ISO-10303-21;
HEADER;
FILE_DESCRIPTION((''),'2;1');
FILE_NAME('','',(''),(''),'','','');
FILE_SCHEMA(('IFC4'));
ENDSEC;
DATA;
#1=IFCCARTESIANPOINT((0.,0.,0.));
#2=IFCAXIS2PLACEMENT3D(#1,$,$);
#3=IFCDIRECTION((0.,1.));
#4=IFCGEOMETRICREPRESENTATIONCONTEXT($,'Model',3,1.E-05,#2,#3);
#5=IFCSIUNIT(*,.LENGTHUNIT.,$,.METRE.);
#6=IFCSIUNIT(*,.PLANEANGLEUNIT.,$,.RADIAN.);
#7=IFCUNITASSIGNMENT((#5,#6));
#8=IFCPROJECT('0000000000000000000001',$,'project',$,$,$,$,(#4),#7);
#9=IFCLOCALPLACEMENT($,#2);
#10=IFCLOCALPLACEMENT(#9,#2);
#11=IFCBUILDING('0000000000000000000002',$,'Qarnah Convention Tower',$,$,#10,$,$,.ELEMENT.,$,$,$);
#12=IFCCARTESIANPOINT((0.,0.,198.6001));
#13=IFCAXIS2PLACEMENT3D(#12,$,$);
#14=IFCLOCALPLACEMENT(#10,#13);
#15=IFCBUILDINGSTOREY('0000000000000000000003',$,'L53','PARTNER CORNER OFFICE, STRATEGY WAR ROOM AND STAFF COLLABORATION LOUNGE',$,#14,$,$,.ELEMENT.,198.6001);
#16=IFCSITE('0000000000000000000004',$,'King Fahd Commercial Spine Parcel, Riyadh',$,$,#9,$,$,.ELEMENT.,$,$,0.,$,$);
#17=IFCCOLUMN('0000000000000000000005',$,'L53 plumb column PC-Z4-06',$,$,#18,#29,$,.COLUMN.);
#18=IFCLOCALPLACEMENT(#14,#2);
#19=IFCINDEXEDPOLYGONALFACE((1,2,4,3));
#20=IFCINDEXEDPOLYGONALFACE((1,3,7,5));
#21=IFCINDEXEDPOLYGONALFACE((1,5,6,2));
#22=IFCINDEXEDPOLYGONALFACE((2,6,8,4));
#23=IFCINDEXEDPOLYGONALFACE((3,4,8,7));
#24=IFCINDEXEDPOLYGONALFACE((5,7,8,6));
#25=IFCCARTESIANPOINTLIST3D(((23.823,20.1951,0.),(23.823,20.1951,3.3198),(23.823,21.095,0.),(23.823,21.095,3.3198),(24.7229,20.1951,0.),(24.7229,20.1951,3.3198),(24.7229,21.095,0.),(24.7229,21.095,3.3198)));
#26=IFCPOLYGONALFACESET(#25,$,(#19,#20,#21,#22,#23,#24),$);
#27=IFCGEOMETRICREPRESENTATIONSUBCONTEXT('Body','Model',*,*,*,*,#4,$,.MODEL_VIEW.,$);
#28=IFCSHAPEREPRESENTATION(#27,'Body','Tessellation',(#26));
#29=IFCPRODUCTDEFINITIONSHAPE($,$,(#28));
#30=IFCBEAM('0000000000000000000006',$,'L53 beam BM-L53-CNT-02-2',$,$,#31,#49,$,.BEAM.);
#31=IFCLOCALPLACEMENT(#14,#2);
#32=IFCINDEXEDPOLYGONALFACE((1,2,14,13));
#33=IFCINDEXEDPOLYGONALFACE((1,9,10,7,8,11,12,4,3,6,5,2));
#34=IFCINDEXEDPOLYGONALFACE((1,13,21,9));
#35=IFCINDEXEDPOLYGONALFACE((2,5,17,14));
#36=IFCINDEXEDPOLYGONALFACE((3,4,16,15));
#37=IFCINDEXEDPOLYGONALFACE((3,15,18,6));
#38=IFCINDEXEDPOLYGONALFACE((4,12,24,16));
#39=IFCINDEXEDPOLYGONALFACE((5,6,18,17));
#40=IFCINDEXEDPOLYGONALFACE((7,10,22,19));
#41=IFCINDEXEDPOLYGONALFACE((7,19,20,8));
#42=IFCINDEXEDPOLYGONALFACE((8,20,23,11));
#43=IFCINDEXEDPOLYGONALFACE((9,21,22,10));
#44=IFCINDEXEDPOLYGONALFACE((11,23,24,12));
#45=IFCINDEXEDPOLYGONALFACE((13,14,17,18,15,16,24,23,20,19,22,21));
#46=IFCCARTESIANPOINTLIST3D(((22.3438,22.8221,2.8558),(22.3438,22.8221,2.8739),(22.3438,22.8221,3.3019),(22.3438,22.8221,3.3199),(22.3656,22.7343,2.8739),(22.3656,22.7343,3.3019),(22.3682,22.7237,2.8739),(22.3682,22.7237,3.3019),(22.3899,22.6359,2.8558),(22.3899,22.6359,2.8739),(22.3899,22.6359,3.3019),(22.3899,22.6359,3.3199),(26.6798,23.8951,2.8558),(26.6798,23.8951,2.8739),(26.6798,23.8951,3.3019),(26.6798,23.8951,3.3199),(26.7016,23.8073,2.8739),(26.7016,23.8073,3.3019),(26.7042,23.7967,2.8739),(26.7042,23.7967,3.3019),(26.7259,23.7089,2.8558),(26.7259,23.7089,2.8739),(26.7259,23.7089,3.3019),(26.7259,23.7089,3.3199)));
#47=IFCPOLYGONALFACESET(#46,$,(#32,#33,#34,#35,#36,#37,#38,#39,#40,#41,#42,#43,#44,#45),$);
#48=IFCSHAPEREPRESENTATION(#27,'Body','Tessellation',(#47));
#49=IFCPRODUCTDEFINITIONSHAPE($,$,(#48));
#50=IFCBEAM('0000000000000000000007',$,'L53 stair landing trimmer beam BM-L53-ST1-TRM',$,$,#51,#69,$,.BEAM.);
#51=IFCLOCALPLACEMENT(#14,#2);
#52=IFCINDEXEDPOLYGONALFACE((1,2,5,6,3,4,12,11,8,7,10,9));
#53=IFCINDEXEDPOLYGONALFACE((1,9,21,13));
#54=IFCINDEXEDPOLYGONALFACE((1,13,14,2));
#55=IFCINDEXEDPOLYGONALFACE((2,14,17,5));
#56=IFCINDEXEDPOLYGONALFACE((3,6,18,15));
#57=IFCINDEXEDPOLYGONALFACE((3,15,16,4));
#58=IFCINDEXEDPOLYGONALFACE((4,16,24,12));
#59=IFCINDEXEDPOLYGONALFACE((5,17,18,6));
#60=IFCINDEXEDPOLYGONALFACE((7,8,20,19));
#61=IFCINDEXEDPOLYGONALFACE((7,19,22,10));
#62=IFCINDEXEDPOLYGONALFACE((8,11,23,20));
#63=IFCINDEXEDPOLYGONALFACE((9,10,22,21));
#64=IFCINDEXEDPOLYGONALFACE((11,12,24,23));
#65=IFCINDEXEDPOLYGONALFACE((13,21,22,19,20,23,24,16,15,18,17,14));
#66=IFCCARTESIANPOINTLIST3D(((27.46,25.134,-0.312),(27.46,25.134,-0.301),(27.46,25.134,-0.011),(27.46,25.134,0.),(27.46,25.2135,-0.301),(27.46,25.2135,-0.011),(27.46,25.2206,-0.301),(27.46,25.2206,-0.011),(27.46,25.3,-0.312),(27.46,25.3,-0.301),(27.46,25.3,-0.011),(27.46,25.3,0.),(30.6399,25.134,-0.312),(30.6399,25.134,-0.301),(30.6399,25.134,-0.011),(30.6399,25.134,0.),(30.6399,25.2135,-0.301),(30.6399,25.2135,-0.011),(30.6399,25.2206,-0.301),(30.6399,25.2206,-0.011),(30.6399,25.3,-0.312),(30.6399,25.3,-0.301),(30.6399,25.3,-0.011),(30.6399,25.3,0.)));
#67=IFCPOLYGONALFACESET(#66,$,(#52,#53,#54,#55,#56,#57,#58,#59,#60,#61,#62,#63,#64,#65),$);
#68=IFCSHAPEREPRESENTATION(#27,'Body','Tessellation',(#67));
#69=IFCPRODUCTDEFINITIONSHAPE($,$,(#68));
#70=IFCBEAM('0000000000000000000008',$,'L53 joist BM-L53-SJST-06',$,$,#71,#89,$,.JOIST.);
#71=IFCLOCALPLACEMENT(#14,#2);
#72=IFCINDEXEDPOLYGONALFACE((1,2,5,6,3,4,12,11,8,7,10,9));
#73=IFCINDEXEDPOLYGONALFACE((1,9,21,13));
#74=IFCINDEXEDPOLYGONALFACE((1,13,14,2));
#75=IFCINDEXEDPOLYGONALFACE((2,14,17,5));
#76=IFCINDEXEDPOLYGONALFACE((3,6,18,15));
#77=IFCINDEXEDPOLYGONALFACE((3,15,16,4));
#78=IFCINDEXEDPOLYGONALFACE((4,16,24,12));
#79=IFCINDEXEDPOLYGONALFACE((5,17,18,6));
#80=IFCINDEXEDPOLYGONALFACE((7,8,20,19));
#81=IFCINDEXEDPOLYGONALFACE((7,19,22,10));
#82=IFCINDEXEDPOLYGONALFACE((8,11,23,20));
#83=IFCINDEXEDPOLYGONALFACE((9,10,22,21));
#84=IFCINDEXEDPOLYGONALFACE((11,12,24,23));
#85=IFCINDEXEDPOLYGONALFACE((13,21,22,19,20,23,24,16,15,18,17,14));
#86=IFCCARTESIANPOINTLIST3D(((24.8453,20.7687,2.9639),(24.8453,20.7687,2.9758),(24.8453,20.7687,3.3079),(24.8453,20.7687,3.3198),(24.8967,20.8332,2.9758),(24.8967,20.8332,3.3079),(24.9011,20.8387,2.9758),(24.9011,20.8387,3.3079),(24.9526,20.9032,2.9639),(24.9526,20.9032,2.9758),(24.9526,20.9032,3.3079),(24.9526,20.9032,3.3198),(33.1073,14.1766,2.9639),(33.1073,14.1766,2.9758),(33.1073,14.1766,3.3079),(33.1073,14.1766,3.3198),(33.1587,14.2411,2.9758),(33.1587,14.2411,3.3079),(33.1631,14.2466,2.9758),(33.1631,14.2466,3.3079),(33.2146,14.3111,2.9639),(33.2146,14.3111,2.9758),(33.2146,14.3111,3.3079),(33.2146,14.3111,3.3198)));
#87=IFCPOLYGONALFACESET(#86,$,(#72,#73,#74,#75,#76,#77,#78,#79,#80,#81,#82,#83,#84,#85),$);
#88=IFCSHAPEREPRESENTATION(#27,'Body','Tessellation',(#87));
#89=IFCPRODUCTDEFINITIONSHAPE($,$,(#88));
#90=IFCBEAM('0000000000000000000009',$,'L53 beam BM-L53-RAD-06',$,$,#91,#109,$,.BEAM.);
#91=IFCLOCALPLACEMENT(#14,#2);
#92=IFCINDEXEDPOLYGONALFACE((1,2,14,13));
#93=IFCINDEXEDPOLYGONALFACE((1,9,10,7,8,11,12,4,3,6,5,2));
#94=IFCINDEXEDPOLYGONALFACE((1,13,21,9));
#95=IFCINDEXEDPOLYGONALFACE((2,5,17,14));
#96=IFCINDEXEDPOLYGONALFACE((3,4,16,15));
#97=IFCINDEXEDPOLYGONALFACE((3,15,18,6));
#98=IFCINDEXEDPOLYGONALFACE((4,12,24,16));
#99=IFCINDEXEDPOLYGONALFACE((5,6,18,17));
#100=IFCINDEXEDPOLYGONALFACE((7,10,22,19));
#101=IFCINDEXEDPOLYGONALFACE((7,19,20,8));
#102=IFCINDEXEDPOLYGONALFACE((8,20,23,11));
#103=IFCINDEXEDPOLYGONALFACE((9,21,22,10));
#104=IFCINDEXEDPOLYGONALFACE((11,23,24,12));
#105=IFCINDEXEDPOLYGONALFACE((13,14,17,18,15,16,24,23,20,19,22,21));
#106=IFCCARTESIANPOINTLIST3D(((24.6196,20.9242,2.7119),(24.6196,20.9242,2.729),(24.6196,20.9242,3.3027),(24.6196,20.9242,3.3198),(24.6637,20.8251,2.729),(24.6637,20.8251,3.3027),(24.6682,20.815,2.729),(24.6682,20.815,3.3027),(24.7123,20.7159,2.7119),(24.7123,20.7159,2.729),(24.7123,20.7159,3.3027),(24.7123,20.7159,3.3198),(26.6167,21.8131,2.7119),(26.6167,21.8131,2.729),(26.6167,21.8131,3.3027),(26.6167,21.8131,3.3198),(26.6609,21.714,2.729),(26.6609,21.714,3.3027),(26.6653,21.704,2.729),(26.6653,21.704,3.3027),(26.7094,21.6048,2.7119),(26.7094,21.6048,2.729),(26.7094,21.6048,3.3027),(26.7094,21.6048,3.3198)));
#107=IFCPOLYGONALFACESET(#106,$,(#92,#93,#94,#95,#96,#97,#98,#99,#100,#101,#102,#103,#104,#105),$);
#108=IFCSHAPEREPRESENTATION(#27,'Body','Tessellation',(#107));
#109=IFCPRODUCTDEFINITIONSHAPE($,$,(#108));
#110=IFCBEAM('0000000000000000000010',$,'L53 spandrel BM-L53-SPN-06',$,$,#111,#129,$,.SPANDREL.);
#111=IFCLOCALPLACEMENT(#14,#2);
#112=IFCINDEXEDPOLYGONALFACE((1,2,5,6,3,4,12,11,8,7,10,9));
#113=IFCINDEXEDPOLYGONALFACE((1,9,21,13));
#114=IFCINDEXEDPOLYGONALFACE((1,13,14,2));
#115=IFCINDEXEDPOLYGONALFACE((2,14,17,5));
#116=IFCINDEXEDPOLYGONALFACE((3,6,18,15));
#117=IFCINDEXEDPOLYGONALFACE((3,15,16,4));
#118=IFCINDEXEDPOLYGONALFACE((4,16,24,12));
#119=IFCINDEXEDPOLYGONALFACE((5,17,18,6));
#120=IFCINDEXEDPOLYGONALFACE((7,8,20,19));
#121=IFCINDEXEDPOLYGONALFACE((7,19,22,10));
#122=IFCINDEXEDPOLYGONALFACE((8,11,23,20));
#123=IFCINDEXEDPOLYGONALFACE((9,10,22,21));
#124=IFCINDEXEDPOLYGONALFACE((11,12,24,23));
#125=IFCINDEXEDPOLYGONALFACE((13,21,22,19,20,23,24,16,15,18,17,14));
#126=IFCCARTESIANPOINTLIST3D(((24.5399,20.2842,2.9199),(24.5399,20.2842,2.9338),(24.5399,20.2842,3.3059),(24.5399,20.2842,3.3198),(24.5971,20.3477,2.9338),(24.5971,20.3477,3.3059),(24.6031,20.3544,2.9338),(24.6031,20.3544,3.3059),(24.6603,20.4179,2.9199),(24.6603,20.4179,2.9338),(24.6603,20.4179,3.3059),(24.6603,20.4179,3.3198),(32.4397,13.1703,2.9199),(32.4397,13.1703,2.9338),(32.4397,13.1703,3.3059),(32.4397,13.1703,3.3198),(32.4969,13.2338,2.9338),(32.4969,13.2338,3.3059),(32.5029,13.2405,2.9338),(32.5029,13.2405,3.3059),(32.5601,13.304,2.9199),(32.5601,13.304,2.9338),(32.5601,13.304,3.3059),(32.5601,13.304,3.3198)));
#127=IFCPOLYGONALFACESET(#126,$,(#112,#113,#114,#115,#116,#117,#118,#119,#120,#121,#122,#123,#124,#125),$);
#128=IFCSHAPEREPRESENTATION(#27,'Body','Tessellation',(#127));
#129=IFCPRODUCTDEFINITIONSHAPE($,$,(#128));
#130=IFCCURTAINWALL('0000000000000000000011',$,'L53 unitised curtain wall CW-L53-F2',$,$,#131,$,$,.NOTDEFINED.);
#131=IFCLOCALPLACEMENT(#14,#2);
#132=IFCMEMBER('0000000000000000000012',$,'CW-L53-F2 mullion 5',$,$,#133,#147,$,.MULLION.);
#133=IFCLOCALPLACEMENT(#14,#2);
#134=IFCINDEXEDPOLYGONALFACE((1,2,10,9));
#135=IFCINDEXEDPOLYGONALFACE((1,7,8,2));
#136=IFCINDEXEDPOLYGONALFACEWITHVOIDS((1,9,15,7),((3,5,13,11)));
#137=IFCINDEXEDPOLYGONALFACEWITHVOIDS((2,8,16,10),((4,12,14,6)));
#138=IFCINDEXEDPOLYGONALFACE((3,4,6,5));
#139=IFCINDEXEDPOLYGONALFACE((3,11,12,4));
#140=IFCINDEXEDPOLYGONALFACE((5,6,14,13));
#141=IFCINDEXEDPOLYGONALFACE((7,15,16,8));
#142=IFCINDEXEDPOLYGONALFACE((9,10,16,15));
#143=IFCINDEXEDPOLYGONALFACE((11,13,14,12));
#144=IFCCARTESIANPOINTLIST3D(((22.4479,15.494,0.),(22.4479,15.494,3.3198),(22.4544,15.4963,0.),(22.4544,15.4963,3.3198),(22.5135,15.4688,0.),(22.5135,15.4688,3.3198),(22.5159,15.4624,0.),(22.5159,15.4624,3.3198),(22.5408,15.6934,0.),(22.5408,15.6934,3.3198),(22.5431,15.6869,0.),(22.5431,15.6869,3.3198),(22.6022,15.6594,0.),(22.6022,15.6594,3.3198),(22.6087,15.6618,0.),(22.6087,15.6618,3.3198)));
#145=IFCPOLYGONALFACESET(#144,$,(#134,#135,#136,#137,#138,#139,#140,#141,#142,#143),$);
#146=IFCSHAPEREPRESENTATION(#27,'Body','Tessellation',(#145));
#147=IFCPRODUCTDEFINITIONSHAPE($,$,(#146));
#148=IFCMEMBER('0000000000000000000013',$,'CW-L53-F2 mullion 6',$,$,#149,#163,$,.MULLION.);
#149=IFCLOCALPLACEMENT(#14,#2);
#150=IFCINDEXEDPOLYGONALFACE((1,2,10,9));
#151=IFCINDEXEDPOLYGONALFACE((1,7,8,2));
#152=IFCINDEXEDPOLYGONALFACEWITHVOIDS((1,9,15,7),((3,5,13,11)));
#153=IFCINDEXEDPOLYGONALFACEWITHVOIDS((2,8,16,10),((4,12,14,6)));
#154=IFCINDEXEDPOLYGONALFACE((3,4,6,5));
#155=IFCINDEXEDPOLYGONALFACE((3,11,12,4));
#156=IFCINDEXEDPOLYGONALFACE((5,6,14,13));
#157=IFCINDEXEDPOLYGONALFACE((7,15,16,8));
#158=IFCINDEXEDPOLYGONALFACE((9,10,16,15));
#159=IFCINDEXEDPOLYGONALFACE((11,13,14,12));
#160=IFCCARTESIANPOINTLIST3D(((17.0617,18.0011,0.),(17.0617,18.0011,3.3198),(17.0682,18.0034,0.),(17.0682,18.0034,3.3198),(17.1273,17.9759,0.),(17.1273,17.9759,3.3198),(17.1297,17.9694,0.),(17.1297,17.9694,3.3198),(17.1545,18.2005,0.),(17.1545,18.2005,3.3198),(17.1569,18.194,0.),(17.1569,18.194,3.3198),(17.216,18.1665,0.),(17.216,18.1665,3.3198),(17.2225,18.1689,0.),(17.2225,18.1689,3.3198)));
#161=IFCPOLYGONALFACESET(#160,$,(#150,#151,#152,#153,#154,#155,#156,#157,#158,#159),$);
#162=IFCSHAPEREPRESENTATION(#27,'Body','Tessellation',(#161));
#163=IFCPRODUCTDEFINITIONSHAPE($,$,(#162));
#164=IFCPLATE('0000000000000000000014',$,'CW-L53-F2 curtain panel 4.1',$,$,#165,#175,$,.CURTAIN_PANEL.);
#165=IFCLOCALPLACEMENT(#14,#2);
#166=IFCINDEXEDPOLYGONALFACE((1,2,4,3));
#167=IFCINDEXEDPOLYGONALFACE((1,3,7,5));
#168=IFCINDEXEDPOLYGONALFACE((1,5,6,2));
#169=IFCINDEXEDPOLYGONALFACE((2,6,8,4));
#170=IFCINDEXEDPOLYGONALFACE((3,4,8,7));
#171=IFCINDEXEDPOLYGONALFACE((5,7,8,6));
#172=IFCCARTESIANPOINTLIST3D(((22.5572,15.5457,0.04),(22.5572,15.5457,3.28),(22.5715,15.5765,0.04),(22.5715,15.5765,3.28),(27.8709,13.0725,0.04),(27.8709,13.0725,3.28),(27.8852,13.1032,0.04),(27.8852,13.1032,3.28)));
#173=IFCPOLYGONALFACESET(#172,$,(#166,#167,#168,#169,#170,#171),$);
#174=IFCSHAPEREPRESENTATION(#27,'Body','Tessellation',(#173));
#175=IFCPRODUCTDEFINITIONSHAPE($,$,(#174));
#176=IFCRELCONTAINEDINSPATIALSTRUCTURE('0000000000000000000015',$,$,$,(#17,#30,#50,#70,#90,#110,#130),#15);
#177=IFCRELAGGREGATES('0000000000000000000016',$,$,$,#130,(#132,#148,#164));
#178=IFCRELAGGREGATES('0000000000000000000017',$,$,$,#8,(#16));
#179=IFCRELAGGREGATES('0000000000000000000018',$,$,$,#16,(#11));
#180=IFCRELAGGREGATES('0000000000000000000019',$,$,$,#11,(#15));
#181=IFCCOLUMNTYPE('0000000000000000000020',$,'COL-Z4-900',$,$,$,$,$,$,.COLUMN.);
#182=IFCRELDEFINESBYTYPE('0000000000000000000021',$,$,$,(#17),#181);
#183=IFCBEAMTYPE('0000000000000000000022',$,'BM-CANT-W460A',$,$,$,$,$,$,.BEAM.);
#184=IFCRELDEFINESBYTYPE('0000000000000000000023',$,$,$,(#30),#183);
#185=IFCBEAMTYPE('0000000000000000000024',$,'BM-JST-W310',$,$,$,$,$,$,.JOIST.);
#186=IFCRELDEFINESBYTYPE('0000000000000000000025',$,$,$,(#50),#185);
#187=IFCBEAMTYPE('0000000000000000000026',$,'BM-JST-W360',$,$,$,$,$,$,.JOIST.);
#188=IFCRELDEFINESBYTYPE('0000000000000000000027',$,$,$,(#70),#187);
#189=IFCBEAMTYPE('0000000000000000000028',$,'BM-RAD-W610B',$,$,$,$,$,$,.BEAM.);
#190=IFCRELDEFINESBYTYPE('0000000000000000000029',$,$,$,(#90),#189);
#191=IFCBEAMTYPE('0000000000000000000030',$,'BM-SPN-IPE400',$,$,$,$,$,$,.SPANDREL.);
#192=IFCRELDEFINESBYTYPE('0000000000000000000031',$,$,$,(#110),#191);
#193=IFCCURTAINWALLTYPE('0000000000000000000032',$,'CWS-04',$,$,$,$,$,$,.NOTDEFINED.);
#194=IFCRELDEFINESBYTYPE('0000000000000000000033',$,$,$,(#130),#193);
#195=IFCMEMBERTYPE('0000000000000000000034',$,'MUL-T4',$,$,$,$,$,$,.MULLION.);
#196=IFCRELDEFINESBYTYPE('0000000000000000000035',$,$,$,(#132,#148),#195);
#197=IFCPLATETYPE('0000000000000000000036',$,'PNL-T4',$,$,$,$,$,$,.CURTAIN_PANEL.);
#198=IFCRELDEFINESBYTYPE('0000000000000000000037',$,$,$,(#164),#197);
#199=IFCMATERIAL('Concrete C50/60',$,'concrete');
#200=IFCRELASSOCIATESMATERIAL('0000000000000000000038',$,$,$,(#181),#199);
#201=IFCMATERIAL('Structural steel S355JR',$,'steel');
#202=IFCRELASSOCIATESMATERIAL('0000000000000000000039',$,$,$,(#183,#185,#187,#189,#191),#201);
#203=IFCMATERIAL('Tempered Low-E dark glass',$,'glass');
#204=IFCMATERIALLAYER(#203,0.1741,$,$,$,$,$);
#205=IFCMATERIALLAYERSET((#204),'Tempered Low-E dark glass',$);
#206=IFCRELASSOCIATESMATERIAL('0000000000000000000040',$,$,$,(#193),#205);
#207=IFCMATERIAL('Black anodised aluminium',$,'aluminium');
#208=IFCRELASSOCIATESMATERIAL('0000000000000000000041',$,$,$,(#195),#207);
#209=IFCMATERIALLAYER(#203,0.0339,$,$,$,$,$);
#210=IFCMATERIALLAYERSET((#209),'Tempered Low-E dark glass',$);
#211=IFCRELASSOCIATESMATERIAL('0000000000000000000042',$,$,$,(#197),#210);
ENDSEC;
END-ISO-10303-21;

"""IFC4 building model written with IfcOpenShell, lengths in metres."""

from ifc_helpers import new_model, si_unit, direction, frame, origin, origin_2d, place, context, subcontext, project, spatial, rectangle, hollow_rectangle, i_section, extrude, material, layer, layer_set, material_profile, profile_set, type_object, element, aggregate, save


model = new_model("IFC4")

# Units and contexts
model_context = context("Model", 3, precision=1e-05, world=origin(), true_north=direction((0.0, 1.0)))
body_context = subcontext(model_context, "Body", "Model", "MODEL_VIEW")
ifc_project = project(units=[si_unit("LENGTHUNIT", "METRE"), si_unit("PLANEANGLEUNIT", "RADIAN")], contexts=[model_context])

# Site, building, storey
site_placement = place(None, origin())
site = spatial("IfcSite", under=ifc_project, at=site_placement, Name="King Fahd Commercial Spine Parcel, Riyadh", CompositionType="ELEMENT", RefElevation=0.0)
building_placement = place(site_placement, origin())
building = spatial("IfcBuilding", under=site, at=building_placement, Name="Qarnah Convention Tower", CompositionType="ELEMENT")
storey_placement = place(building_placement, frame((0.0, 0.0, 198.6001)))
storey = spatial("IfcBuildingStorey", under=building, at=storey_placement, Name="L53", Description="PARTNER CORNER OFFICE, STRATEGY WAR ROOM AND STAFF COLLABORATION LOUNGE", CompositionType="ELEMENT", Elevation=198.6001)

# Column
ifc_material_1 = material(Name="Concrete C50/60", Category="concrete")
ifc_material_profile_1 = material_profile(ifc_material_1, rectangle(XDim=0.8999, YDim=0.8999, at=origin_2d()), Name="RC-COL-900X900")
ifc_profile_set_1 = profile_set([ifc_material_profile_1], Name="Concrete C50/60")
column_type = type_object("IfcColumnType", Name="COL-Z4-900", PredefinedType="COLUMN", material=ifc_profile_set_1)
column_placement = place(storey_placement, frame((24.2729, 20.645, 0.0), z_axis=(0.0, 0.0, 1.0), x_axis=(1.0, 0.0, 0.0)))
element("IfcColumn", 1, at=column_placement, inside=storey, type_object=column_type, Name="L53 plumb column PC-Z4-06", PredefinedType="COLUMN", context=body_context, shape_type="SweptSolid", body=[
    extrude(rectangle(XDim=0.8999, YDim=0.8999, at=origin_2d()), origin(), (0.0, 0.0, 1.0), 3.3198),
])

# Beams
ifc_material_2 = material(Name="Structural steel S355JR", Category="steel")
ifc_material_profile_2 = material_profile(ifc_material_2, i_section(OverallWidth=0.1919, OverallDepth=0.4641, WebThickness=0.011, FlangeThickness=0.0181, at=origin_2d()), Name="W460X89")
ifc_profile_set_2 = profile_set([ifc_material_profile_2], Name="Structural steel S355JR")
beam_type_1 = type_object("IfcBeamType", Name="BM-CANT-W460A", PredefinedType="BEAM", material=ifc_profile_set_2)
beam_1_placement = place(storey_placement, frame((26.7029, 23.802, 3.0879), z_axis=(-0.970718, -0.24022, 0.0), x_axis=(0.24022, -0.970718, 0.0)))
element("IfcBeam", 2, at=beam_1_placement, inside=storey, type_object=beam_type_1, Name="L53 beam BM-L53-CNT-02-2", PredefinedType="BEAM", context=body_context, shape_type="SweptSolid", body=[
    extrude(i_section(OverallWidth=0.1919, OverallDepth=0.4641, WebThickness=0.011, FlangeThickness=0.0181, at=origin_2d()), origin(), (0.0, 0.0, 1.0), 4.4668),
])
ifc_material_profile_3 = material_profile(ifc_material_2, i_section(OverallWidth=0.166, OverallDepth=0.312, WebThickness=0.0071, FlangeThickness=0.011, at=origin_2d()), Name="W310X45")
ifc_profile_set_3 = profile_set([ifc_material_profile_3], Name="Structural steel S355JR")
beam_type_2 = type_object("IfcBeamType", Name="BM-JST-W310", PredefinedType="JOIST", material=ifc_profile_set_3)
beam_2_placement = place(storey_placement, frame((27.46, 25.217, -0.156), z_axis=(1.0, 0.0, 0.0), x_axis=(0.0, 1.0, 0.0)))
element("IfcBeam", 3, at=beam_2_placement, inside=storey, type_object=beam_type_2, Name="L53 stair landing trimmer beam BM-L53-ST1-TRM", PredefinedType="BEAM", context=body_context, shape_type="SweptSolid", body=[
    extrude(i_section(OverallWidth=0.166, OverallDepth=0.312, WebThickness=0.0071, FlangeThickness=0.011, at=origin_2d()), origin(), (0.0, 0.0, 1.0), 3.1799),
])
ifc_material_profile_4 = material_profile(ifc_material_2, i_section(OverallWidth=0.1721, OverallDepth=0.356, WebThickness=0.0071, FlangeThickness=0.012, at=origin_2d()), Name="W360X51")
ifc_profile_set_4 = profile_set([ifc_material_profile_4], Name="Structural steel S355JR")
beam_type_3 = type_object("IfcBeamType", Name="BM-JST-W360", PredefinedType="JOIST", material=ifc_profile_set_4)
beam_3_placement = place(storey_placement, frame((24.8989, 20.8359, 3.1418), z_axis=(0.781677, -0.623683, 0.0), x_axis=(0.623683, 0.781677, 0.0)))
element("IfcBeam", 4, at=beam_3_placement, inside=storey, type_object=beam_type_3, Name="L53 joist BM-L53-SJST-06", PredefinedType="JOIST", context=body_context, shape_type="SweptSolid", body=[
    extrude(i_section(OverallWidth=0.1721, OverallDepth=0.356, WebThickness=0.0071, FlangeThickness=0.012, at=origin_2d()), origin(), (0.0, 0.0, 1.0), 10.5696),
])
ifc_material_profile_5 = material_profile(ifc_material_2, i_section(OverallWidth=0.228, OverallDepth=0.6079, WebThickness=0.011, FlangeThickness=0.0171, at=origin_2d()), Name="W610X113")
ifc_profile_set_5 = profile_set([ifc_material_profile_5], Name="Structural steel S355JR")
beam_type_4 = type_object("IfcBeamType", Name="BM-RAD-W610B", PredefinedType="BEAM", material=ifc_profile_set_5)
beam_4_placement = place(storey_placement, frame((26.6631, 21.709, 3.0159), z_axis=(-0.913586, -0.406646, 0.0), x_axis=(0.406646, -0.913586, 0.0)))
element("IfcBeam", 5, at=beam_4_placement, inside=storey, type_object=beam_type_4, Name="L53 beam BM-L53-RAD-06", PredefinedType="BEAM", context=body_context, shape_type="SweptSolid", body=[
    extrude(i_section(OverallWidth=0.228, OverallDepth=0.6079, WebThickness=0.011, FlangeThickness=0.0171, at=origin_2d()), origin(), (0.0, 0.0, 1.0), 2.186),
])
ifc_material_profile_6 = material_profile(ifc_material_2, i_section(OverallWidth=0.1799, OverallDepth=0.3999, WebThickness=0.009, FlangeThickness=0.0139, at=origin_2d()), Name="IPE400")
ifc_profile_set_6 = profile_set([ifc_material_profile_6], Name="Structural steel S355JR")
beam_type_5 = type_object("IfcBeamType", Name="BM-SPN-IPE400", PredefinedType="SPANDREL", material=ifc_profile_set_6)
beam_5_placement = place(storey_placement, frame((24.6001, 20.3511, 3.1199), z_axis=(0.743102, -0.669178, 0.0), x_axis=(0.669178, 0.743102, 0.0)))
element("IfcBeam", 6, at=beam_5_placement, inside=storey, type_object=beam_type_5, Name="L53 spandrel BM-L53-SPN-06", PredefinedType="SPANDREL", context=body_context, shape_type="SweptSolid", body=[
    extrude(i_section(OverallWidth=0.1799, OverallDepth=0.3999, WebThickness=0.009, FlangeThickness=0.0139, at=origin_2d()), origin(), (0.0, 0.0, 1.0), 10.6309),
])

# Curtain wall, members, plate
ifc_material_3 = material(Name="Tempered Low-E dark glass", Category="glass")
ifc_layer_1 = layer(ifc_material_3, 0.1741)
ifc_layer_set_1 = layer_set([ifc_layer_1], Name="Tempered Low-E dark glass")
curtain_wall_type = type_object("IfcCurtainWallType", Name="CWS-04", PredefinedType="NOTDEFINED", material=ifc_layer_set_1)
curtain_wall_placement = place(storey_placement, origin())
curtain_wall = element("IfcCurtainWall", 7, at=curtain_wall_placement, inside=storey, type_object=curtain_wall_type, Name="L53 unitised curtain wall CW-L53-F2", PredefinedType="NOTDEFINED")
ifc_material_4 = material(Name="Black anodised aluminium", Category="aluminium")
ifc_material_profile_7 = material_profile(ifc_material_4, hollow_rectangle(XDim=0.075, YDim=0.22, WallThickness=0.0049, at=origin_2d()), Name="MUL-75X220")
ifc_profile_set_7 = profile_set([ifc_material_profile_7], Name="Black anodised aluminium")
member_type = type_object("IfcMemberType", Name="MUL-T4", PredefinedType="MULLION", material=ifc_profile_set_7)
member_1_placement = place(storey_placement, frame((22.5283, 15.5779, 0.0), z_axis=(0.0, 0.0, 1.0), x_axis=(-0.906606, 0.421979, 0.0)))
member_1 = element("IfcMember", 8, at=member_1_placement, type_object=member_type, Name="CW-L53-F2 mullion 5", PredefinedType="MULLION", context=body_context, shape_type="SweptSolid", body=[
    extrude(hollow_rectangle(XDim=0.075, YDim=0.22, WallThickness=0.0049, at=origin_2d()), origin(), (0.0, 0.0, 1.0), 3.3198),
])
member_2_placement = place(storey_placement, frame((17.1421, 18.085, 0.0), z_axis=(0.0, 0.0, 1.0), x_axis=(-0.906606, 0.421979, 0.0)))
member_2 = element("IfcMember", 9, at=member_2_placement, type_object=member_type, Name="CW-L53-F2 mullion 6", PredefinedType="MULLION", context=body_context, shape_type="SweptSolid", body=[
    extrude(hollow_rectangle(XDim=0.075, YDim=0.22, WallThickness=0.0049, at=origin_2d()), origin(), (0.0, 0.0, 1.0), 3.3198),
])
ifc_layer_2 = layer(ifc_material_3, 0.0339)
ifc_layer_set_2 = layer_set([ifc_layer_2], Name="Tempered Low-E dark glass")
plate_type = type_object("IfcPlateType", Name="PNL-T4", PredefinedType="CURTAIN_PANEL", material=ifc_layer_set_2)
plate_1_placement = place(storey_placement, frame((25.2212, 14.3245, 0.04), z_axis=(0.0, 0.0, 1.0), x_axis=(-0.906606, 0.421979, 0.0)))
plate_1 = element("IfcPlate", 10, at=plate_1_placement, type_object=plate_type, Name="CW-L53-F2 curtain panel 4.1", PredefinedType="CURTAIN_PANEL", context=body_context, shape_type="SweptSolid", body=[
    extrude(rectangle(XDim=5.8611, YDim=0.0339, at=origin_2d()), origin(), (0.0, 0.0, 1.0), 3.24),
])
aggregate(curtain_wall, [member_1, member_2, plate_1])

save(model, "model.ifc")
